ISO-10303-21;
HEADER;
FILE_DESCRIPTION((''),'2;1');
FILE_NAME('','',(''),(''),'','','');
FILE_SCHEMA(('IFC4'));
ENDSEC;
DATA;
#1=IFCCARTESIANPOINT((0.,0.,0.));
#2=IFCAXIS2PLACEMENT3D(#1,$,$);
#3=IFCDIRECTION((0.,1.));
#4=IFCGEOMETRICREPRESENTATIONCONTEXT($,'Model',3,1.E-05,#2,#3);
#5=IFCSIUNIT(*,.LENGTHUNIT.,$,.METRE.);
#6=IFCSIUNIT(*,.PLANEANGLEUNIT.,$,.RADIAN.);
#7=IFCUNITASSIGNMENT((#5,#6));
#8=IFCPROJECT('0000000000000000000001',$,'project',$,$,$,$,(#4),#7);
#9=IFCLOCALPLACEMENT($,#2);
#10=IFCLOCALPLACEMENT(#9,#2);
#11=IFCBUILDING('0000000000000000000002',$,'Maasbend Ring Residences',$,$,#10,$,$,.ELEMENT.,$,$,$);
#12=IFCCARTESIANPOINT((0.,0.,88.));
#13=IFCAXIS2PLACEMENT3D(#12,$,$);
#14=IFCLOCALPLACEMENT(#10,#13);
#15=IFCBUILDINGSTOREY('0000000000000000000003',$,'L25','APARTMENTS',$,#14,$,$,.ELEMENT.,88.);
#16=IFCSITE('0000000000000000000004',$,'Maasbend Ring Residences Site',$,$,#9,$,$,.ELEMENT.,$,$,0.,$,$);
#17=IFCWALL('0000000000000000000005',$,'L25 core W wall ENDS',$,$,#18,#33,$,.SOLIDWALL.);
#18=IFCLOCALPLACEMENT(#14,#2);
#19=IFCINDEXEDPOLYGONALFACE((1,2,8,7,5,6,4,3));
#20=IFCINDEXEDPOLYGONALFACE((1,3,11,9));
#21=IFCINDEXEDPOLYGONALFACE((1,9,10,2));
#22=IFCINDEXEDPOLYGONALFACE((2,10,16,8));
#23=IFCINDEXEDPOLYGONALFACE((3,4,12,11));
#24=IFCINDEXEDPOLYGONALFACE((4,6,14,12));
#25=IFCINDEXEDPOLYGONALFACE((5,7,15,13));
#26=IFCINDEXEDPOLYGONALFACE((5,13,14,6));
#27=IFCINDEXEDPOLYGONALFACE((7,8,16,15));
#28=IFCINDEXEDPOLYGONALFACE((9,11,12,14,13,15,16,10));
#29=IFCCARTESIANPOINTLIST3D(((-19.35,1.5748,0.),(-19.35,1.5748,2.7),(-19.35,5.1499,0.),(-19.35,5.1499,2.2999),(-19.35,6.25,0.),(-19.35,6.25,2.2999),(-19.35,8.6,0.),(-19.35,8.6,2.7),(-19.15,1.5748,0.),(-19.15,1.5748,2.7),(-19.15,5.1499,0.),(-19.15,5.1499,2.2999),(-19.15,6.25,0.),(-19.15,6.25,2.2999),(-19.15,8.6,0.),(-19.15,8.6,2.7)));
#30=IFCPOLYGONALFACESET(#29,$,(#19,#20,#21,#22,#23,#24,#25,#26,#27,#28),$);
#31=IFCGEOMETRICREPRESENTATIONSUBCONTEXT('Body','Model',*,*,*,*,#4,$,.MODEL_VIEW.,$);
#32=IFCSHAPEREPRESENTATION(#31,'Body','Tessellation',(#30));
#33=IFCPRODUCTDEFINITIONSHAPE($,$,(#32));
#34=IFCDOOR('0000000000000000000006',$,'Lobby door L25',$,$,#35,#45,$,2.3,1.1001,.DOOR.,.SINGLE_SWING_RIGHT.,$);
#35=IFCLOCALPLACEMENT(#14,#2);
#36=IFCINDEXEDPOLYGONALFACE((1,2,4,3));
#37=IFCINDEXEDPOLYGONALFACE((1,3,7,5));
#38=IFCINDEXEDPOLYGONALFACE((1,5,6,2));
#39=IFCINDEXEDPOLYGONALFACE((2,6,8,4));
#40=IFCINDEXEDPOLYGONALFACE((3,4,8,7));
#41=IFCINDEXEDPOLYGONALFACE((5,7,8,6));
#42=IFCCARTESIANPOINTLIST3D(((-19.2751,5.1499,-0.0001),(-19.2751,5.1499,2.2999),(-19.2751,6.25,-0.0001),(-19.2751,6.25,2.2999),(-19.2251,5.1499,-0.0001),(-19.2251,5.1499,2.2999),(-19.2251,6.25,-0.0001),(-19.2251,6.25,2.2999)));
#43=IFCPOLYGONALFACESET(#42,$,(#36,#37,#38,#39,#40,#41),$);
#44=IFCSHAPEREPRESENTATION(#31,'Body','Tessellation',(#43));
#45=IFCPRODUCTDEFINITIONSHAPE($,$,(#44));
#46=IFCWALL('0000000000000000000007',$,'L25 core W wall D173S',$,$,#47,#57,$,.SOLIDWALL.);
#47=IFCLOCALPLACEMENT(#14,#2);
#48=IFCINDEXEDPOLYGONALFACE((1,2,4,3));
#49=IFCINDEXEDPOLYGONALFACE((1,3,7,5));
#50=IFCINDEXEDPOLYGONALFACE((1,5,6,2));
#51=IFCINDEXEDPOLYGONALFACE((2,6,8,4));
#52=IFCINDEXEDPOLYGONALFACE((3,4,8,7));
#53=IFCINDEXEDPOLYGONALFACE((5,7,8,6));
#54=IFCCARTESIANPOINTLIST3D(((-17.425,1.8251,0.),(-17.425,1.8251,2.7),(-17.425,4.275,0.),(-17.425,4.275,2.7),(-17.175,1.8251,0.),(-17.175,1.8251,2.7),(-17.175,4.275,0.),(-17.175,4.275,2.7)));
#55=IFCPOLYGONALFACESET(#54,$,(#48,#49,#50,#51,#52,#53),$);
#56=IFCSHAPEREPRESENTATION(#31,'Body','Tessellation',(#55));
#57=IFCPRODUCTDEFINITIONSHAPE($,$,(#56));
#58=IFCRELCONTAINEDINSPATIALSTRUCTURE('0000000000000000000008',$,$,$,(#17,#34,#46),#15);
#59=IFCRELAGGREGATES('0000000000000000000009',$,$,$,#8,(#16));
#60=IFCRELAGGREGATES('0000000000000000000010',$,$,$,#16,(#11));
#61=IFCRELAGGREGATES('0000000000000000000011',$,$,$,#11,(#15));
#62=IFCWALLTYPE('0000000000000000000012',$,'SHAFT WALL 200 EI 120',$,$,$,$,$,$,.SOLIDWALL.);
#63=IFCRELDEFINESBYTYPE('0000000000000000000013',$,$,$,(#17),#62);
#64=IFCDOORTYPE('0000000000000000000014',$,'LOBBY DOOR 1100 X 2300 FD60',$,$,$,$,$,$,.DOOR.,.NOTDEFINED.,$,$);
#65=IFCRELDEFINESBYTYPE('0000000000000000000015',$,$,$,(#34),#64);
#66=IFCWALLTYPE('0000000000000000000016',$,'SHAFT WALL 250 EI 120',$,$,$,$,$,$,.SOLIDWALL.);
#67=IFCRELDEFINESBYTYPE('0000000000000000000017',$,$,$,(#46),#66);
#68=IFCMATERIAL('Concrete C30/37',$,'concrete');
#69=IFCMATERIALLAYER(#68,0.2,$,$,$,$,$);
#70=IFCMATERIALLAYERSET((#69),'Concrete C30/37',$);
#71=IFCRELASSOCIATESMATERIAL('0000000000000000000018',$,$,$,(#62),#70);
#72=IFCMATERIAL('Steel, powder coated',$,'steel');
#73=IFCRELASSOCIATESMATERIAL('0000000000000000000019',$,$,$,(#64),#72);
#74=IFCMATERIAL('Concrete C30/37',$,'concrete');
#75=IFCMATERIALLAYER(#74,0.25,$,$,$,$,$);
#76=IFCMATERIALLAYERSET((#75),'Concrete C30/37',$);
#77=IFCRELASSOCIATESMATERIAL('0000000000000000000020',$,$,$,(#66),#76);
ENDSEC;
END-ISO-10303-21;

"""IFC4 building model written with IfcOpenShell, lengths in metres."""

from ifc_helpers import new_model, si_unit, direction, frame, frame_2d, origin, place, context, subcontext, project, spatial, rectangle, extrude, material, layer, layer_set, type_object, element, fill, save


model = new_model("IFC4")

# Units and contexts
model_context = context("Model", 3, precision=1e-05, world=origin(), true_north=direction((0.0, 1.0)))
body_context = subcontext(model_context, "Body", "Model", "MODEL_VIEW")
ifc_project = project(units=[si_unit("LENGTHUNIT", "METRE"), si_unit("PLANEANGLEUNIT", "RADIAN")], contexts=[model_context])

# Site, building, storey
site_placement = place(None, origin())
site = spatial("IfcSite", under=ifc_project, at=site_placement, Name="Maasbend Ring Residences Site", CompositionType="ELEMENT", RefElevation=0.0)
building_placement = place(site_placement, origin())
building = spatial("IfcBuilding", under=site, at=building_placement, Name="Maasbend Ring Residences", CompositionType="ELEMENT")
storey_placement = place(building_placement, frame((0.0, 0.0, 88.0)))
storey = spatial("IfcBuildingStorey", under=building, at=storey_placement, Name="L25", Description="APARTMENTS", CompositionType="ELEMENT", Elevation=88.0)

# Wall, opening, door
ifc_material_1 = material(Name="Concrete C30/37", Category="concrete")
ifc_layer_1 = layer(ifc_material_1, 0.2)
ifc_layer_set_1 = layer_set([ifc_layer_1], Name="Concrete C30/37")
wall_type_1 = type_object("IfcWallType", Name="SHAFT WALL 200 EI 120", PredefinedType="SOLIDWALL", material=ifc_layer_set_1)
wall_1_placement = place(storey_placement, frame((-19.25, 8.6001, 0.0), z_axis=(0.0, 0.0, 1.0), x_axis=(0.0, -1.0, 0.0)))
wall_1 = element("IfcWall", 1, at=wall_1_placement, inside=storey, type_object=wall_type_1, Name="L25 core W wall ENDS", PredefinedType="SOLIDWALL", context=body_context, shape_type="SweptSolid", body=[
    extrude(rectangle(XDim=7.0251, YDim=0.2, at=frame_2d((3.5127, 0.0))), origin(), (0.0, 0.0, 1.0), 2.7),
])
opening_1_placement = place(wall_1_placement, frame((2.3501, 0.0, 0.0)))
opening_1 = element("IfcOpeningElement", 2, at=opening_1_placement, cuts=wall_1, PredefinedType="OPENING", context=body_context, shape_type="SweptSolid", body=[
    extrude(rectangle(XDim=1.1001, YDim=2.3, at=frame_2d((0.55, 1.1499))), frame((0.0, 0.1099, 0.0), z_axis=(0.0, -1.0, 0.0), x_axis=(1.0, 0.0, 0.0)), (0.0, 0.0, 1.0), 0.22),
])
ifc_material_2 = material(Name="Steel, powder coated", Category="steel")
door_type_1 = type_object("IfcDoorType", Name="LOBBY DOOR 1100 X 2300 FD60", OperationType="NOTDEFINED", PredefinedType="DOOR", material=ifc_material_2)
door_1_placement = place(opening_1_placement, origin())
door_1 = element("IfcDoor", 3, at=door_1_placement, inside=storey, type_object=door_type_1, Name="Lobby door L25", OperationType="SINGLE_SWING_RIGHT", OverallHeight=2.3, OverallWidth=1.1001, PredefinedType="DOOR", context=body_context, shape_type="SweptSolid", body=[
    extrude(rectangle(XDim=1.1001, YDim=2.3, at=frame_2d((0.55, 1.1499))), frame((0.0, 0.0249, 0.0), z_axis=(0.0, -1.0, 0.0), x_axis=(1.0, 0.0, 0.0)), (0.0, 0.0, 1.0), 0.05),
])
fill(opening_1, door_1)

# Wall
ifc_material_3 = material(Name="Concrete C30/37", Category="concrete")
ifc_layer_2 = layer(ifc_material_3, 0.25)
ifc_layer_set_2 = layer_set([ifc_layer_2], Name="Concrete C30/37")
wall_type_2 = type_object("IfcWallType", Name="SHAFT WALL 250 EI 120", PredefinedType="SOLIDWALL", material=ifc_layer_set_2)
wall_2_placement = place(storey_placement, frame((-17.3, 1.825, 0.0), z_axis=(0.0, 0.0, 1.0), x_axis=(0.0, 1.0, 0.0)))
element("IfcWall", 4, at=wall_2_placement, inside=storey, type_object=wall_type_2, Name="L25 core W wall D173S", PredefinedType="SOLIDWALL", context=body_context, shape_type="SweptSolid", body=[
    extrude(rectangle(XDim=2.45, YDim=0.25, at=frame_2d((1.2251, 0.0))), origin(), (0.0, 0.0, 1.0), 2.7),
])

save(model, "model.ifc")
